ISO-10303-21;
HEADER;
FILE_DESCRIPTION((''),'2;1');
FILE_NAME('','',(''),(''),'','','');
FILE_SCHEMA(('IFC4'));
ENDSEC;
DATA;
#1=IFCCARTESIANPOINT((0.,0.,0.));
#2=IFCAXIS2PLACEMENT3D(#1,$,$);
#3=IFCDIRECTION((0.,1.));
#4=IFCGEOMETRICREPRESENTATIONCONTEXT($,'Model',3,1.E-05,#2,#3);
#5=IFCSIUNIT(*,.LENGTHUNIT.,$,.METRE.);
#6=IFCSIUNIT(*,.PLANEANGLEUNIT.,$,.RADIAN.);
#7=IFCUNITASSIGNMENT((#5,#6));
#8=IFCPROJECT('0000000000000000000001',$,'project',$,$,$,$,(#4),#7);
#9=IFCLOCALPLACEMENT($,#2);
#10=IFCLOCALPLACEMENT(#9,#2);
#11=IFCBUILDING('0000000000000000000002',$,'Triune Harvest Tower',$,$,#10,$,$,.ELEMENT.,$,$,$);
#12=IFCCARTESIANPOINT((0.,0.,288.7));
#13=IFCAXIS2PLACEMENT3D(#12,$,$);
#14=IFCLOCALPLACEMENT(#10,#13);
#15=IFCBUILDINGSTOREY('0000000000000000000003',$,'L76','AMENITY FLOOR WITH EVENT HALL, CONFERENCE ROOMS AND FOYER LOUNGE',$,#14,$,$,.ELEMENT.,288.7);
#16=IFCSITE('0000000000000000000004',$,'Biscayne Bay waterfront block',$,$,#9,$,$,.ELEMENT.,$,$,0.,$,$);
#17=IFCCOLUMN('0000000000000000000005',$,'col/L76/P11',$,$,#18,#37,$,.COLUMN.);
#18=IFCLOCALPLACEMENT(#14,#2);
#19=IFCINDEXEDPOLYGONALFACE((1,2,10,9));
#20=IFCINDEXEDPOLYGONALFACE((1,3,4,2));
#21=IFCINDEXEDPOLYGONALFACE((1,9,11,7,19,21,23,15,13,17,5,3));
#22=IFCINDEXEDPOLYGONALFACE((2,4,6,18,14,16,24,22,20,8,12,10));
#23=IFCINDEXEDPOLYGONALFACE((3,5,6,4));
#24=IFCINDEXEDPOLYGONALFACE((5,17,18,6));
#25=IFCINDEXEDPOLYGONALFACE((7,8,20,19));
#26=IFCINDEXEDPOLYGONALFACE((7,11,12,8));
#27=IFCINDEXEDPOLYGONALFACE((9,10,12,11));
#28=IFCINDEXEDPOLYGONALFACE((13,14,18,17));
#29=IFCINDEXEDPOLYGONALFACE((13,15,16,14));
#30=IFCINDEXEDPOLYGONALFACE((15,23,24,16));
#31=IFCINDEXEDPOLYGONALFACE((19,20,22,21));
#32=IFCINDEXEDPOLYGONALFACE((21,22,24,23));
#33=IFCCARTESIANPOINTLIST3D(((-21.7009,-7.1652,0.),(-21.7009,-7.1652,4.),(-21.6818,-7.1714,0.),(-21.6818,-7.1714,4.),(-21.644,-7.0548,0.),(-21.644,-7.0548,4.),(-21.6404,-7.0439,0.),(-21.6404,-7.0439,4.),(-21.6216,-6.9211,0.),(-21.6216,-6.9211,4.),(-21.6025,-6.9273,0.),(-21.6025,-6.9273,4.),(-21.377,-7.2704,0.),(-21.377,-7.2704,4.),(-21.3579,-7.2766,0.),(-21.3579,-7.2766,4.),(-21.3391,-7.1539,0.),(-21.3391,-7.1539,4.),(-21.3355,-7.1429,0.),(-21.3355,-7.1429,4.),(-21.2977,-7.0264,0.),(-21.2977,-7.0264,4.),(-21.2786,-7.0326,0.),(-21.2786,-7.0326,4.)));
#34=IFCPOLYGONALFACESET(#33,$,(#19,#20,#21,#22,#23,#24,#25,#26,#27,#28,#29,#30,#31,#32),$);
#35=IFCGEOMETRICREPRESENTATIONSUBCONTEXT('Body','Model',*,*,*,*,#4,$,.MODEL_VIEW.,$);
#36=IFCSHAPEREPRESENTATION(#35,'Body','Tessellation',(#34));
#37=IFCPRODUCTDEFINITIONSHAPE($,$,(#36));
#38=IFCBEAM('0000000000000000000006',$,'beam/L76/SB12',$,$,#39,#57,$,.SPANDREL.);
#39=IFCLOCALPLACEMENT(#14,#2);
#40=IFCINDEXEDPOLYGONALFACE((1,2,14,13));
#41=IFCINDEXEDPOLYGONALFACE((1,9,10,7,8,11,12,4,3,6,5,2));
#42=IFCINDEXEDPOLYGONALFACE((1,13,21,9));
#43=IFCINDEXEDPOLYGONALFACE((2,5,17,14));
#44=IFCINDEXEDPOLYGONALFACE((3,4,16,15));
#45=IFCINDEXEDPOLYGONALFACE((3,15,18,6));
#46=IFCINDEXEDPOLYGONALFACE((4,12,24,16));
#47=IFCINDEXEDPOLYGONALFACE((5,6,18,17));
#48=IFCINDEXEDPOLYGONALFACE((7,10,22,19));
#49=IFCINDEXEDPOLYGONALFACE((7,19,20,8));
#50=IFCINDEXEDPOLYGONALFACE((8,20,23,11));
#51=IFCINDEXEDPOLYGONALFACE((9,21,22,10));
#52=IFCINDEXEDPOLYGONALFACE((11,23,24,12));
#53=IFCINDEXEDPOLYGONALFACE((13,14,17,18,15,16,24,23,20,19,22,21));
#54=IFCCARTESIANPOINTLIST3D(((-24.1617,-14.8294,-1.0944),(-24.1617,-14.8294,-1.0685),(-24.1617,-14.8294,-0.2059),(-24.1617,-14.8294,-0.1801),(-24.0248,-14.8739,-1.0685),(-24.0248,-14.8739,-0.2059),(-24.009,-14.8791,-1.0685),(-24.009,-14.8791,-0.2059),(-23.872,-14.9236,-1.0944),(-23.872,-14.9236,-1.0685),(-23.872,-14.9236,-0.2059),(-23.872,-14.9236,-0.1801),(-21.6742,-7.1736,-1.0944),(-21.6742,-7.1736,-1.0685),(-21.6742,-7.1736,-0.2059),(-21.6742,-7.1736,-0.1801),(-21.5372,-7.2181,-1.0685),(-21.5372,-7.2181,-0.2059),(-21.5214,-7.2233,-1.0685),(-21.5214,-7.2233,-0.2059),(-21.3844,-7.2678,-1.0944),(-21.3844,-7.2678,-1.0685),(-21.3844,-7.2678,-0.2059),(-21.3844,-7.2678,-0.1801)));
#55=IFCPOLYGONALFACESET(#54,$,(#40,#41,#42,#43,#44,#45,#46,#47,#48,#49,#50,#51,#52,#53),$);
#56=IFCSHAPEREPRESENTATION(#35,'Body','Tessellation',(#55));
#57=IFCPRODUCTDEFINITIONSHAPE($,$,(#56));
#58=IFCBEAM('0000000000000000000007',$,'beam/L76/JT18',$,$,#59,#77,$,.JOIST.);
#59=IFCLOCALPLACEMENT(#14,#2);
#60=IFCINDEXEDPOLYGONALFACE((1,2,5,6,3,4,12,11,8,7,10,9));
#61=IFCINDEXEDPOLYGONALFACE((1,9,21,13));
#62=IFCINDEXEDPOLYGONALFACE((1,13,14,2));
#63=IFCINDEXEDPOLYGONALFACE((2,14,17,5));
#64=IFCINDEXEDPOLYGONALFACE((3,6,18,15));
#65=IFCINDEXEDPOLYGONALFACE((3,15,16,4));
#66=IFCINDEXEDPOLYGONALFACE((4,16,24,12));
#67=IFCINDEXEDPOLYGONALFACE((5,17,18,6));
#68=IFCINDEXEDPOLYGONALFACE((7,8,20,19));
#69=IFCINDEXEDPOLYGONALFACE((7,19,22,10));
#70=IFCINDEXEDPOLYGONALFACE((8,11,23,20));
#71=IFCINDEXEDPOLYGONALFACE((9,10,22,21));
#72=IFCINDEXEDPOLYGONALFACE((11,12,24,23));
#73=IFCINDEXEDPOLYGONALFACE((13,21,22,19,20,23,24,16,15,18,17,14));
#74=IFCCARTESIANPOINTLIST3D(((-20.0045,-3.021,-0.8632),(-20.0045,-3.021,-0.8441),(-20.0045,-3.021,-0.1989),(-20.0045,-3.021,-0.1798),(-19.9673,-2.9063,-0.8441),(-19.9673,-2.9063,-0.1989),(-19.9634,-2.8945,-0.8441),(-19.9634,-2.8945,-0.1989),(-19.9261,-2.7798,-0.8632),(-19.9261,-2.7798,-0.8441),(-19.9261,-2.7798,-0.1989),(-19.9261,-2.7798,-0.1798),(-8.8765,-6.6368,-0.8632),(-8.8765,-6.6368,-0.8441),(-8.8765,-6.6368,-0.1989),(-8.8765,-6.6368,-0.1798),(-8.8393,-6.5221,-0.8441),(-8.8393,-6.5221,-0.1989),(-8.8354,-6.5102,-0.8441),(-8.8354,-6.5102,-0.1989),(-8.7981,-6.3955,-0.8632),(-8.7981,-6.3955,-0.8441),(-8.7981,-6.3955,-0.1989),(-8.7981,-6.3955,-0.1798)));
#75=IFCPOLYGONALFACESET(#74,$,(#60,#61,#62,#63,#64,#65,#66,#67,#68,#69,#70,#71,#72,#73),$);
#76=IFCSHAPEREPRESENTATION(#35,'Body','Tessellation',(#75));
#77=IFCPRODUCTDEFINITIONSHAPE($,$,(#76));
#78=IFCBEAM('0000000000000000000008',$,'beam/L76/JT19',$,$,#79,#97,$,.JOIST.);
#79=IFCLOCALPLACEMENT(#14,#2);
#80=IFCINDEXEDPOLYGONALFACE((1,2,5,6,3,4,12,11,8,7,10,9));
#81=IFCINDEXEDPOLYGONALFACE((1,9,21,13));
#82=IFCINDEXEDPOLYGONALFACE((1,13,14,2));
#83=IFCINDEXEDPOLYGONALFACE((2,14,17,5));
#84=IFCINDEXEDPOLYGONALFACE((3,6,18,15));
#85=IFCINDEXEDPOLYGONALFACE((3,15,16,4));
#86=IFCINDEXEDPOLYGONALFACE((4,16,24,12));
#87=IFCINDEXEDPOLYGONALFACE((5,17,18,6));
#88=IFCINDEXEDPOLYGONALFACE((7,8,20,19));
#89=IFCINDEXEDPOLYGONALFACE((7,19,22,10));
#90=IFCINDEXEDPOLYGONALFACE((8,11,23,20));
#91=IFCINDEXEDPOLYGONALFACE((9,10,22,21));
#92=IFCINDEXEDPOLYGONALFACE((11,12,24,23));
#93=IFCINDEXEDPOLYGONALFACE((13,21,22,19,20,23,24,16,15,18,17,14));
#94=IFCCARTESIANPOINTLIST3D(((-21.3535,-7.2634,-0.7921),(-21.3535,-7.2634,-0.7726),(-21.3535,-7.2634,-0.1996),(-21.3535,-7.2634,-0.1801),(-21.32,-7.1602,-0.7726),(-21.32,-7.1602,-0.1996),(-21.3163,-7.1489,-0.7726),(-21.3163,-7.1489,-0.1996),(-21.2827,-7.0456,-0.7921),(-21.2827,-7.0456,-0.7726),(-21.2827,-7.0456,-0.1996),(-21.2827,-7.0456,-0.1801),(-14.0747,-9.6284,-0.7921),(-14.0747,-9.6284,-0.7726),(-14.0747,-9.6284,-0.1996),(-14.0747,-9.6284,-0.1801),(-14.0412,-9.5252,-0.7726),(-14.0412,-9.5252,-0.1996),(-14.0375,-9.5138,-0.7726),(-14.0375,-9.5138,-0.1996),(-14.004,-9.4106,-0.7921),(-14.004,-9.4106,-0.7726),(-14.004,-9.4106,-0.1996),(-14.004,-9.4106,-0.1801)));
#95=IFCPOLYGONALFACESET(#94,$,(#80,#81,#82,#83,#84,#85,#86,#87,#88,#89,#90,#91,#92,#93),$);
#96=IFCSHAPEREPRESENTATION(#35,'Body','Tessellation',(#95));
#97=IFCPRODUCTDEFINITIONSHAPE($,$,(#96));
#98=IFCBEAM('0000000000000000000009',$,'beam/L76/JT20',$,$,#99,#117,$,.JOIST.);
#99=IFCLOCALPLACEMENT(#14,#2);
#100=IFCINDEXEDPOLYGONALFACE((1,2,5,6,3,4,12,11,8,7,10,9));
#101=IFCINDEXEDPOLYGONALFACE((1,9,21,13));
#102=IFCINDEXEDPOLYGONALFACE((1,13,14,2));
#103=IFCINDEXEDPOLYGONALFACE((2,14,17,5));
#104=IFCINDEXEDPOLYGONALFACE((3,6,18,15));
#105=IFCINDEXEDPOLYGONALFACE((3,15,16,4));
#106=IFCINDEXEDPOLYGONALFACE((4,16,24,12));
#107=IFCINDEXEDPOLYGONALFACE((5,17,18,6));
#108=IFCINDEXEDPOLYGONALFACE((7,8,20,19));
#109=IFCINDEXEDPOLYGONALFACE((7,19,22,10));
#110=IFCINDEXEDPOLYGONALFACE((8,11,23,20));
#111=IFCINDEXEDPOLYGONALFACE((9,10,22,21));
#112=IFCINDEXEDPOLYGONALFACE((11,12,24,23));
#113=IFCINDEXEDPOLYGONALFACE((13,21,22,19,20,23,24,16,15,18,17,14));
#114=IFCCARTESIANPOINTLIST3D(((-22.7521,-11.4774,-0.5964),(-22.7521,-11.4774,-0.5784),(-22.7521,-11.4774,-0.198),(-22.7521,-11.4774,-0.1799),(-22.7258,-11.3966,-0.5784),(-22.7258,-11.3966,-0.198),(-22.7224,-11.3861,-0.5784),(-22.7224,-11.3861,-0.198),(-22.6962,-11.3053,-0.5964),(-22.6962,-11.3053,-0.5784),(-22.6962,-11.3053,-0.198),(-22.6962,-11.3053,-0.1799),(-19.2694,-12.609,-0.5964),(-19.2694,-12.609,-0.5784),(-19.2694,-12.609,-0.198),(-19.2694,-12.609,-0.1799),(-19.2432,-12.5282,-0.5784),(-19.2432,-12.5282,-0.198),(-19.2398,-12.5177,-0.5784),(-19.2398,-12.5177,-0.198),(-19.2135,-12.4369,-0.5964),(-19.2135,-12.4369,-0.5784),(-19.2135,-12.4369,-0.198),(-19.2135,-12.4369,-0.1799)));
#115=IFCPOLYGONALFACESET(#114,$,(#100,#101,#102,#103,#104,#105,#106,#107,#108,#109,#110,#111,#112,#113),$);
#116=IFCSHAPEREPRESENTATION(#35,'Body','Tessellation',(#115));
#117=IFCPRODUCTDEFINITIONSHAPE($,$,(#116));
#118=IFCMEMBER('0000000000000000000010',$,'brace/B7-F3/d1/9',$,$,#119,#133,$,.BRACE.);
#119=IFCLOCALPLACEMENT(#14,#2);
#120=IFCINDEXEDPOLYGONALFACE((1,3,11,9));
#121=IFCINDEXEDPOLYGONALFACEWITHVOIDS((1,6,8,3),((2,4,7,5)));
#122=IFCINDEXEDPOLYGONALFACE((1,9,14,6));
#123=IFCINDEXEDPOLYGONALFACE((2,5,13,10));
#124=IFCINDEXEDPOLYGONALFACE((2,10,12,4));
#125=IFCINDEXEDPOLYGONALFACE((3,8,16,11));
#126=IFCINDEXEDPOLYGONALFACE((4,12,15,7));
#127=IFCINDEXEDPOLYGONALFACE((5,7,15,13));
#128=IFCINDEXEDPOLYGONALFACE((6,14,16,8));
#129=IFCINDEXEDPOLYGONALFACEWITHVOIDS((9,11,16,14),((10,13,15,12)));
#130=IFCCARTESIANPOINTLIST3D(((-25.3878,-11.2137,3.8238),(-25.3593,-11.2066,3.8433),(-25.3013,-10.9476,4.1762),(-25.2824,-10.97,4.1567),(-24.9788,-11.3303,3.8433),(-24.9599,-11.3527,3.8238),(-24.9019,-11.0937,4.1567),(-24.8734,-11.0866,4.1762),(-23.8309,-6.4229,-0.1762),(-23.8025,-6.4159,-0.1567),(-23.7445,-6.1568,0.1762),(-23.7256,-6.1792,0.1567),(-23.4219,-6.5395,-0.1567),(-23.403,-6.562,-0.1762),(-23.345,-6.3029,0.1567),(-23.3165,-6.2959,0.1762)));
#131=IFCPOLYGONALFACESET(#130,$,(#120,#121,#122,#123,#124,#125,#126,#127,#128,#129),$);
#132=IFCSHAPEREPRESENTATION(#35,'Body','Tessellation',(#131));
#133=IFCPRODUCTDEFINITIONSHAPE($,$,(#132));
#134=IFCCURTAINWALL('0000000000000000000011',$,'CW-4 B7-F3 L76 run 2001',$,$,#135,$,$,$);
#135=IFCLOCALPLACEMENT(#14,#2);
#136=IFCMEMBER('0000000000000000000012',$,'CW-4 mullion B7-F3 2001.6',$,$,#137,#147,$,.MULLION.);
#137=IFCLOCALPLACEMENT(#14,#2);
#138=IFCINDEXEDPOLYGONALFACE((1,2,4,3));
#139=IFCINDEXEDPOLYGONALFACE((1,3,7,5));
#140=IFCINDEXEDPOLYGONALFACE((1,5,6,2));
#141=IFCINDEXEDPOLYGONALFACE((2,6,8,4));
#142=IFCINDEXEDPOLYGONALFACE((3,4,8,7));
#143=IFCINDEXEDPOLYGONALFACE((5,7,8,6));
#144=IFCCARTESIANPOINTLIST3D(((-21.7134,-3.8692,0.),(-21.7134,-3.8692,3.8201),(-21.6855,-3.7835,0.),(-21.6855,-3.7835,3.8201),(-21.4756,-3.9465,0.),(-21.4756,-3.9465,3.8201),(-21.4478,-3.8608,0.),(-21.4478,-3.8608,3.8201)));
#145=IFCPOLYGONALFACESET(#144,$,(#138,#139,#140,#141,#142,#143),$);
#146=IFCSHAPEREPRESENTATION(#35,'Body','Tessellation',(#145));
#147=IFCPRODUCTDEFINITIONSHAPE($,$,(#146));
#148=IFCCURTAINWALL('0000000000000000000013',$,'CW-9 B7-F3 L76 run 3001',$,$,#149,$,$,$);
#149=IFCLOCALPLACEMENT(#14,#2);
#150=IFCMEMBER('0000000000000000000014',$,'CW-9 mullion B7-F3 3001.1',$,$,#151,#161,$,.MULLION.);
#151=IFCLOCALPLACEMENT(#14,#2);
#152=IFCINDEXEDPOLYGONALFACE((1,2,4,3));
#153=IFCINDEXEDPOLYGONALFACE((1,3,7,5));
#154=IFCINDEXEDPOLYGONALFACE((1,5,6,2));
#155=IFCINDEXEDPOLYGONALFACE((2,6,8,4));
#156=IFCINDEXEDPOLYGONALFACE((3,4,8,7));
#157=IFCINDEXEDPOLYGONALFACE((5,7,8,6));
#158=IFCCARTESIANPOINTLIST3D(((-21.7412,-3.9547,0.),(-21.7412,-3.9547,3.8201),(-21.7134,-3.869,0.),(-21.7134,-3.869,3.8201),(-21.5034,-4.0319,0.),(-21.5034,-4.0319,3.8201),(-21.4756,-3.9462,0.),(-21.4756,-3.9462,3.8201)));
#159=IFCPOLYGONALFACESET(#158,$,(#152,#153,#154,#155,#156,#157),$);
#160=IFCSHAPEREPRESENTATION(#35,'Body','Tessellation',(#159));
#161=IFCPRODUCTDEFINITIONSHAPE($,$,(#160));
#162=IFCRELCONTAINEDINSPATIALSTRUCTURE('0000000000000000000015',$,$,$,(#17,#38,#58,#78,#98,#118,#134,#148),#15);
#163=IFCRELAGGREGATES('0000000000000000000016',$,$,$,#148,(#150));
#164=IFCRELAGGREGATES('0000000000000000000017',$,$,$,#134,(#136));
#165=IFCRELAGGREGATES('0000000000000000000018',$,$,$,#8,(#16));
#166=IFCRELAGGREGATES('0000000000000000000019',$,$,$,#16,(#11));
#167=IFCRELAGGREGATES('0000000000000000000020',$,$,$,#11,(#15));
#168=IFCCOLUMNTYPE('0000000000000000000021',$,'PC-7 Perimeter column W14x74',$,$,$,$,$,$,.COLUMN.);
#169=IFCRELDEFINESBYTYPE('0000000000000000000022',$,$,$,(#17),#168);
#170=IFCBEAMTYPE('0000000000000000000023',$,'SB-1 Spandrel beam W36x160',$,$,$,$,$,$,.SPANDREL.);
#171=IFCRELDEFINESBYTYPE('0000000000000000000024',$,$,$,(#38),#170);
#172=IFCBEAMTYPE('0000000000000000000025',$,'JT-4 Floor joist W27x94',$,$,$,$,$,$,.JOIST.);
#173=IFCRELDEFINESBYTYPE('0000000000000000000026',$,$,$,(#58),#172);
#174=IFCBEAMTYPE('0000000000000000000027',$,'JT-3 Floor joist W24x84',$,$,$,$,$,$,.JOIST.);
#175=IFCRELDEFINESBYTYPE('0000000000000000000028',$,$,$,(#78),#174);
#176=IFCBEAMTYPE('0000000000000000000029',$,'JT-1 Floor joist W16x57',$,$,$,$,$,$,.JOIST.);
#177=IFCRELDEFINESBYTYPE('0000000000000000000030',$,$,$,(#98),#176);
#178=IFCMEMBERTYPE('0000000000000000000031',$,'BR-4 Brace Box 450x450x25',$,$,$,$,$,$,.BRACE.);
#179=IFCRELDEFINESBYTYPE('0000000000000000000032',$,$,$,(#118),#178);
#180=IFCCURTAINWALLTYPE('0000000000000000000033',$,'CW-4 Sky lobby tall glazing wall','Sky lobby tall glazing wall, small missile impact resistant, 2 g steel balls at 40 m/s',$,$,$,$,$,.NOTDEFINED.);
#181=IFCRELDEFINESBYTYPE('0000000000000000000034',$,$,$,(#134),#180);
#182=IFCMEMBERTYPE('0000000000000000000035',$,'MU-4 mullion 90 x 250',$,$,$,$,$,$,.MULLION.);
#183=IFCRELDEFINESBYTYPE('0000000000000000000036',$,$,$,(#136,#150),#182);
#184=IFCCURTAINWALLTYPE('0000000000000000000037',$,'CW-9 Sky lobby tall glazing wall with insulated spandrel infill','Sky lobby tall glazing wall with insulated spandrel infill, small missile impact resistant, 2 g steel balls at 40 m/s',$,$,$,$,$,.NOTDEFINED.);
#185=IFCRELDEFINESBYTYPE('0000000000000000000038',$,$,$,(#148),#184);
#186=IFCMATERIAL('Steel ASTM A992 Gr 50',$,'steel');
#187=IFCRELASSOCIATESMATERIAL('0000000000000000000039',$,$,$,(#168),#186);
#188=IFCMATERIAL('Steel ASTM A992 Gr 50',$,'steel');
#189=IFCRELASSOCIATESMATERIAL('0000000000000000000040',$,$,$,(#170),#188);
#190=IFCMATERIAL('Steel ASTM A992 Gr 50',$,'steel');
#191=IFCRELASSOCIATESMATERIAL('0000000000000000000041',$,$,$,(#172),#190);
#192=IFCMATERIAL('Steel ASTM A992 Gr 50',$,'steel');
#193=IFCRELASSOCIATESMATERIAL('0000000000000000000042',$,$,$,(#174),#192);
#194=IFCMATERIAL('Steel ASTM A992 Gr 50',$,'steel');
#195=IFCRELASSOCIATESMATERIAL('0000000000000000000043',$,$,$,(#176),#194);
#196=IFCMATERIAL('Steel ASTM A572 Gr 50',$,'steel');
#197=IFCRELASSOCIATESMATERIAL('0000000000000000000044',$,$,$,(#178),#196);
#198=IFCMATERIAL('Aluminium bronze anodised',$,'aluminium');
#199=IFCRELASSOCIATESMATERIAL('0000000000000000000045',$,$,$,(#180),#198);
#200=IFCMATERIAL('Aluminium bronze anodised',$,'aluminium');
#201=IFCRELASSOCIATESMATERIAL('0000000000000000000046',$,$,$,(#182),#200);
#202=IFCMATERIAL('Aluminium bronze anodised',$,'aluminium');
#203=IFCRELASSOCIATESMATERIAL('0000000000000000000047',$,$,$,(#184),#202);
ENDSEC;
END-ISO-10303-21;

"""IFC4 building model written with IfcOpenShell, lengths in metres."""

from ifc_helpers import new_model, si_unit, direction, frame, origin, origin_2d, place, context, subcontext, project, spatial, rectangle, hollow_rectangle, i_section, extrude, source, transform, mapped, material, material_profile, profile_set, type_object, element, aggregate, save


model = new_model("IFC4")

# Units and contexts
model_context = context("Model", 3, precision=1e-05, world=origin(), true_north=direction((0.0, 1.0)))
body_context = subcontext(model_context, "Body", "Model", "MODEL_VIEW")
ifc_project = project(units=[si_unit("LENGTHUNIT", "METRE"), si_unit("PLANEANGLEUNIT", "RADIAN")], contexts=[model_context])

# Site, building, storey
site_placement = place(None, origin())
site = spatial("IfcSite", under=ifc_project, at=site_placement, Name="Biscayne Bay waterfront block", CompositionType="ELEMENT", RefElevation=0.0)
building_placement = place(site_placement, origin())
building = spatial("IfcBuilding", under=site, at=building_placement, Name="Triune Harvest Tower", CompositionType="ELEMENT")
storey_placement = place(building_placement, frame((0.0, 0.0, 288.7)))
storey = spatial("IfcBuildingStorey", under=building, at=storey_placement, Name="L76", Description="AMENITY FLOOR WITH EVENT HALL, CONFERENCE ROOMS AND FOYER LOUNGE", CompositionType="ELEMENT", Elevation=288.7)

# Column
ifc_material_1 = material(Name="Steel ASTM A992 Gr 50", Category="steel")
ifc_material_profile_1 = material_profile(ifc_material_1, i_section(OverallWidth=0.2566, OverallDepth=0.3606, WebThickness=0.0115, FlangeThickness=0.02, at=origin_2d()), Name="W14x74")
ifc_profile_set_1 = profile_set([ifc_material_profile_1], Name="Steel ASTM A992 Gr 50")
column_type = type_object("IfcColumnType", Name="PC-7 Perimeter column W14x74", PredefinedType="COLUMN", material=ifc_profile_set_1)
shared_shape_1 = source(origin(), body_context, "Body", "SweptSolid", [
    extrude(i_section(OverallWidth=0.2566, OverallDepth=0.3606, WebThickness=0.0115, FlangeThickness=0.02, at=origin_2d()), origin(), (0.0, 0.0, 1.0), 4.0),
])
column_placement = place(storey_placement, frame((-21.4897, -7.0989, 0.0), z_axis=(0.0, 0.0, 1.0), x_axis=(-0.309015, -0.951057, 0.0)))
element("IfcColumn", 1, at=column_placement, inside=storey, type_object=column_type, Name="col/L76/P11", PredefinedType="COLUMN", context=body_context, shape_type="MappedRepresentation", body=[
    mapped(shared_shape_1, transform((0.0, 0.0, 0.0), scale=1.0)),
])

# Beams
ifc_material_2 = material(Name="Steel ASTM A992 Gr 50", Category="steel")
ifc_material_profile_2 = material_profile(ifc_material_2, i_section(OverallWidth=0.3047, OverallDepth=0.9143, WebThickness=0.0166, FlangeThickness=0.0259, at=origin_2d()), Name="W36x160")
ifc_profile_set_2 = profile_set([ifc_material_profile_2], Name="Steel ASTM A992 Gr 50")
beam_type_1 = type_object("IfcBeamType", Name="SB-1 Spandrel beam W36x160", PredefinedType="SPANDREL", material=ifc_profile_set_2)
shared_shape_2 = source(origin(), body_context, "Body", "SweptSolid", [
    extrude(i_section(OverallWidth=0.3047, OverallDepth=0.9143, WebThickness=0.0166, FlangeThickness=0.0259, at=origin_2d()), origin(), (0.0, 0.0, 1.0), 8.0498),
])
beam_1_placement = place(storey_placement, frame((-21.5293, -7.2207, -0.6372), z_axis=(-0.309022, -0.951055, 0.0), x_axis=(0.951055, -0.309022, 0.0)))
element("IfcBeam", 2, at=beam_1_placement, inside=storey, type_object=beam_type_1, Name="beam/L76/SB12", PredefinedType="SPANDREL", context=body_context, shape_type="MappedRepresentation", body=[
    mapped(shared_shape_2, transform((0.0, 0.0, 0.0), scale=1.0)),
])
ifc_material_3 = material(Name="Steel ASTM A992 Gr 50", Category="steel")
ifc_material_profile_3 = material_profile(ifc_material_3, i_section(OverallWidth=0.2537, OverallDepth=0.6833, WebThickness=0.0125, FlangeThickness=0.019, at=origin_2d()), Name="W27x94")
ifc_profile_set_3 = profile_set([ifc_material_profile_3], Name="Steel ASTM A992 Gr 50")
beam_type_2 = type_object("IfcBeamType", Name="JT-4 Floor joist W27x94", PredefinedType="JOIST", material=ifc_profile_set_3)
shared_shape_3 = source(origin(), body_context, "Body", "SweptSolid", [
    extrude(i_section(OverallWidth=0.2537, OverallDepth=0.6833, WebThickness=0.0125, FlangeThickness=0.019, at=origin_2d()), origin(), (0.0, 0.0, 1.0), 11.7007),
])
beam_2_placement = place(storey_placement, frame((-19.9653, -2.9004, -0.5215), z_axis=(0.951056, -0.30902, 0.0), x_axis=(0.30902, 0.951056, 0.0)))
element("IfcBeam", 3, at=beam_2_placement, inside=storey, type_object=beam_type_2, Name="beam/L76/JT18", PredefinedType="JOIST", context=body_context, shape_type="MappedRepresentation", body=[
    mapped(shared_shape_3, transform((0.0, 0.0, 0.0), scale=1.0)),
])
ifc_material_4 = material(Name="Steel ASTM A992 Gr 50", Category="steel")
ifc_material_profile_4 = material_profile(ifc_material_4, i_section(OverallWidth=0.229, OverallDepth=0.6121, WebThickness=0.012, FlangeThickness=0.0195, at=origin_2d()), Name="W24x84")
ifc_profile_set_4 = profile_set([ifc_material_profile_4], Name="Steel ASTM A992 Gr 50")
beam_type_3 = type_object("IfcBeamType", Name="JT-3 Floor joist W24x84", PredefinedType="JOIST", material=ifc_profile_set_4)
shared_shape_4 = source(origin(), body_context, "Body", "SweptSolid", [
    extrude(i_section(OverallWidth=0.229, OverallDepth=0.6121, WebThickness=0.012, FlangeThickness=0.0195, at=origin_2d()), origin(), (0.0, 0.0, 1.0), 7.6533),
])
beam_3_placement = place(storey_placement, frame((-21.3181, -7.1545, -0.4861), z_axis=(0.951058, -0.309012, 0.0), x_axis=(0.309012, 0.951058, 0.0)))
element("IfcBeam", 4, at=beam_3_placement, inside=storey, type_object=beam_type_3, Name="beam/L76/JT19", PredefinedType="JOIST", context=body_context, shape_type="MappedRepresentation", body=[
    mapped(shared_shape_4, transform((0.0, 0.0, 0.0), scale=1.0)),
])
ifc_material_5 = material(Name="Steel ASTM A992 Gr 50", Category="steel")
ifc_material_profile_5 = material_profile(ifc_material_5, i_section(OverallWidth=0.1809, OverallDepth=0.4165, WebThickness=0.011, FlangeThickness=0.0181, at=origin_2d()), Name="W16x57")
ifc_profile_set_5 = profile_set([ifc_material_profile_5], Name="Steel ASTM A992 Gr 50")
beam_type_4 = type_object("IfcBeamType", Name="JT-1 Floor joist W16x57", PredefinedType="JOIST", material=ifc_profile_set_5)
shared_shape_5 = source(origin(), body_context, "Body", "SweptSolid", [
    extrude(i_section(OverallWidth=0.1809, OverallDepth=0.4165, WebThickness=0.011, FlangeThickness=0.0181, at=origin_2d()), origin(), (0.0, 0.0, 1.0), 3.6619),
])
beam_4_placement = place(storey_placement, frame((-22.7241, -11.3914, -0.3882), z_axis=(0.951056, -0.309018, 0.0), x_axis=(0.309018, 0.951056, 0.0)))
element("IfcBeam", 5, at=beam_4_placement, inside=storey, type_object=beam_type_4, Name="beam/L76/JT20", PredefinedType="JOIST", context=body_context, shape_type="MappedRepresentation", body=[
    mapped(shared_shape_5, transform((0.0, 0.0, 0.0), scale=1.0)),
])

# Member
ifc_material_6 = material(Name="Steel ASTM A572 Gr 50", Category="steel")
ifc_material_profile_6 = material_profile(ifc_material_6, hollow_rectangle(XDim=0.45, YDim=0.45, WallThickness=0.0249, at=origin_2d()), Name="Box 450x450x25")
ifc_profile_set_6 = profile_set([ifc_material_profile_6], Name="Steel ASTM A572 Gr 50")
member_type_1 = type_object("IfcMemberType", Name="BR-4 Brace Box 450x450x25", PredefinedType="BRACE", material=ifc_profile_set_6)
shared_shape_6 = source(origin(), body_context, "Body", "SweptSolid", [
    extrude(hollow_rectangle(XDim=0.45, YDim=0.45, WallThickness=0.0249, at=origin_2d()), origin(), (0.0, 0.0, 1.0), 6.4324),
])
member_1_placement = place(storey_placement, frame((-23.5737, -6.3594, 0.0), z_axis=(-0.242039, -0.744791, 0.621855), x_axis=(0.951041, -0.309065, 0.0)))
element("IfcMember", 6, at=member_1_placement, inside=storey, type_object=member_type_1, Name="brace/B7-F3/d1/9", PredefinedType="BRACE", context=body_context, shape_type="MappedRepresentation", body=[
    mapped(shared_shape_6, transform((0.0, 0.0, 0.0), scale=1.0)),
])

# Curtain wall, member
ifc_material_7 = material(Name="Aluminium bronze anodised", Category="aluminium")
curtain_wall_type_1 = type_object("IfcCurtainWallType", Name="CW-4 Sky lobby tall glazing wall", Description="Sky lobby tall glazing wall, small missile impact resistant, 2 g steel balls at 40 m/s", PredefinedType="NOTDEFINED", material=ifc_material_7)
curtain_wall_1_placement = place(storey_placement, origin())
curtain_wall_1 = element("IfcCurtainWall", 7, at=curtain_wall_1_placement, inside=storey, type_object=curtain_wall_type_1, Name="CW-4 B7-F3 L76 run 2001")
ifc_material_8 = material(Name="Aluminium bronze anodised", Category="aluminium")
ifc_material_profile_7 = material_profile(ifc_material_8, rectangle(XDim=0.25, YDim=0.0901, at=origin_2d()), Name="MU-4 mullion 90 x 250")
ifc_profile_set_7 = profile_set([ifc_material_profile_7], Name="Aluminium bronze anodised")
member_type_2 = type_object("IfcMemberType", Name="MU-4 mullion 90 x 250", PredefinedType="MULLION", material=ifc_profile_set_7)
shared_shape_7 = source(origin(), body_context, "Body", "SweptSolid", [
    extrude(rectangle(XDim=0.25, YDim=0.0901, at=origin_2d()), origin(), (0.0, 0.0, 1.0), 3.8201),
])
member_2_placement = place(storey_placement, frame((-21.5806, -3.865, 0.0), z_axis=(0.0, 0.0, 1.0), x_axis=(0.951056, -0.30902, 0.0)))
member_2 = element("IfcMember", 8, at=member_2_placement, type_object=member_type_2, Name="CW-4 mullion B7-F3 2001.6", PredefinedType="MULLION", context=body_context, shape_type="MappedRepresentation", body=[
    mapped(shared_shape_7, transform((0.0, 0.0, 0.0), scale=1.0)),
])

# Curtain wall, member
ifc_material_9 = material(Name="Aluminium bronze anodised", Category="aluminium")
curtain_wall_type_2 = type_object("IfcCurtainWallType", Name="CW-9 Sky lobby tall glazing wall with insulated spandrel infill", Description="Sky lobby tall glazing wall with insulated spandrel infill, small missile impact resistant, 2 g steel balls at 40 m/s", PredefinedType="NOTDEFINED", material=ifc_material_9)
curtain_wall_2_placement = place(storey_placement, origin())
curtain_wall_2 = element("IfcCurtainWall", 9, at=curtain_wall_2_placement, inside=storey, type_object=curtain_wall_type_2, Name="CW-9 B7-F3 L76 run 3001")
member_3_placement = place(storey_placement, frame((-21.6084, -3.9504, 0.0), z_axis=(0.0, 0.0, 1.0), x_axis=(0.951057, -0.309014, 0.0)))
member_3 = element("IfcMember", 10, at=member_3_placement, type_object=member_type_2, Name="CW-9 mullion B7-F3 3001.1", PredefinedType="MULLION", context=body_context, shape_type="MappedRepresentation", body=[
    mapped(shared_shape_7, transform((0.0, 0.0, 0.0), scale=1.0)),
])

aggregate(curtain_wall_2, [member_3])
aggregate(curtain_wall_1, [member_2])

save(model, "model.ifc")
